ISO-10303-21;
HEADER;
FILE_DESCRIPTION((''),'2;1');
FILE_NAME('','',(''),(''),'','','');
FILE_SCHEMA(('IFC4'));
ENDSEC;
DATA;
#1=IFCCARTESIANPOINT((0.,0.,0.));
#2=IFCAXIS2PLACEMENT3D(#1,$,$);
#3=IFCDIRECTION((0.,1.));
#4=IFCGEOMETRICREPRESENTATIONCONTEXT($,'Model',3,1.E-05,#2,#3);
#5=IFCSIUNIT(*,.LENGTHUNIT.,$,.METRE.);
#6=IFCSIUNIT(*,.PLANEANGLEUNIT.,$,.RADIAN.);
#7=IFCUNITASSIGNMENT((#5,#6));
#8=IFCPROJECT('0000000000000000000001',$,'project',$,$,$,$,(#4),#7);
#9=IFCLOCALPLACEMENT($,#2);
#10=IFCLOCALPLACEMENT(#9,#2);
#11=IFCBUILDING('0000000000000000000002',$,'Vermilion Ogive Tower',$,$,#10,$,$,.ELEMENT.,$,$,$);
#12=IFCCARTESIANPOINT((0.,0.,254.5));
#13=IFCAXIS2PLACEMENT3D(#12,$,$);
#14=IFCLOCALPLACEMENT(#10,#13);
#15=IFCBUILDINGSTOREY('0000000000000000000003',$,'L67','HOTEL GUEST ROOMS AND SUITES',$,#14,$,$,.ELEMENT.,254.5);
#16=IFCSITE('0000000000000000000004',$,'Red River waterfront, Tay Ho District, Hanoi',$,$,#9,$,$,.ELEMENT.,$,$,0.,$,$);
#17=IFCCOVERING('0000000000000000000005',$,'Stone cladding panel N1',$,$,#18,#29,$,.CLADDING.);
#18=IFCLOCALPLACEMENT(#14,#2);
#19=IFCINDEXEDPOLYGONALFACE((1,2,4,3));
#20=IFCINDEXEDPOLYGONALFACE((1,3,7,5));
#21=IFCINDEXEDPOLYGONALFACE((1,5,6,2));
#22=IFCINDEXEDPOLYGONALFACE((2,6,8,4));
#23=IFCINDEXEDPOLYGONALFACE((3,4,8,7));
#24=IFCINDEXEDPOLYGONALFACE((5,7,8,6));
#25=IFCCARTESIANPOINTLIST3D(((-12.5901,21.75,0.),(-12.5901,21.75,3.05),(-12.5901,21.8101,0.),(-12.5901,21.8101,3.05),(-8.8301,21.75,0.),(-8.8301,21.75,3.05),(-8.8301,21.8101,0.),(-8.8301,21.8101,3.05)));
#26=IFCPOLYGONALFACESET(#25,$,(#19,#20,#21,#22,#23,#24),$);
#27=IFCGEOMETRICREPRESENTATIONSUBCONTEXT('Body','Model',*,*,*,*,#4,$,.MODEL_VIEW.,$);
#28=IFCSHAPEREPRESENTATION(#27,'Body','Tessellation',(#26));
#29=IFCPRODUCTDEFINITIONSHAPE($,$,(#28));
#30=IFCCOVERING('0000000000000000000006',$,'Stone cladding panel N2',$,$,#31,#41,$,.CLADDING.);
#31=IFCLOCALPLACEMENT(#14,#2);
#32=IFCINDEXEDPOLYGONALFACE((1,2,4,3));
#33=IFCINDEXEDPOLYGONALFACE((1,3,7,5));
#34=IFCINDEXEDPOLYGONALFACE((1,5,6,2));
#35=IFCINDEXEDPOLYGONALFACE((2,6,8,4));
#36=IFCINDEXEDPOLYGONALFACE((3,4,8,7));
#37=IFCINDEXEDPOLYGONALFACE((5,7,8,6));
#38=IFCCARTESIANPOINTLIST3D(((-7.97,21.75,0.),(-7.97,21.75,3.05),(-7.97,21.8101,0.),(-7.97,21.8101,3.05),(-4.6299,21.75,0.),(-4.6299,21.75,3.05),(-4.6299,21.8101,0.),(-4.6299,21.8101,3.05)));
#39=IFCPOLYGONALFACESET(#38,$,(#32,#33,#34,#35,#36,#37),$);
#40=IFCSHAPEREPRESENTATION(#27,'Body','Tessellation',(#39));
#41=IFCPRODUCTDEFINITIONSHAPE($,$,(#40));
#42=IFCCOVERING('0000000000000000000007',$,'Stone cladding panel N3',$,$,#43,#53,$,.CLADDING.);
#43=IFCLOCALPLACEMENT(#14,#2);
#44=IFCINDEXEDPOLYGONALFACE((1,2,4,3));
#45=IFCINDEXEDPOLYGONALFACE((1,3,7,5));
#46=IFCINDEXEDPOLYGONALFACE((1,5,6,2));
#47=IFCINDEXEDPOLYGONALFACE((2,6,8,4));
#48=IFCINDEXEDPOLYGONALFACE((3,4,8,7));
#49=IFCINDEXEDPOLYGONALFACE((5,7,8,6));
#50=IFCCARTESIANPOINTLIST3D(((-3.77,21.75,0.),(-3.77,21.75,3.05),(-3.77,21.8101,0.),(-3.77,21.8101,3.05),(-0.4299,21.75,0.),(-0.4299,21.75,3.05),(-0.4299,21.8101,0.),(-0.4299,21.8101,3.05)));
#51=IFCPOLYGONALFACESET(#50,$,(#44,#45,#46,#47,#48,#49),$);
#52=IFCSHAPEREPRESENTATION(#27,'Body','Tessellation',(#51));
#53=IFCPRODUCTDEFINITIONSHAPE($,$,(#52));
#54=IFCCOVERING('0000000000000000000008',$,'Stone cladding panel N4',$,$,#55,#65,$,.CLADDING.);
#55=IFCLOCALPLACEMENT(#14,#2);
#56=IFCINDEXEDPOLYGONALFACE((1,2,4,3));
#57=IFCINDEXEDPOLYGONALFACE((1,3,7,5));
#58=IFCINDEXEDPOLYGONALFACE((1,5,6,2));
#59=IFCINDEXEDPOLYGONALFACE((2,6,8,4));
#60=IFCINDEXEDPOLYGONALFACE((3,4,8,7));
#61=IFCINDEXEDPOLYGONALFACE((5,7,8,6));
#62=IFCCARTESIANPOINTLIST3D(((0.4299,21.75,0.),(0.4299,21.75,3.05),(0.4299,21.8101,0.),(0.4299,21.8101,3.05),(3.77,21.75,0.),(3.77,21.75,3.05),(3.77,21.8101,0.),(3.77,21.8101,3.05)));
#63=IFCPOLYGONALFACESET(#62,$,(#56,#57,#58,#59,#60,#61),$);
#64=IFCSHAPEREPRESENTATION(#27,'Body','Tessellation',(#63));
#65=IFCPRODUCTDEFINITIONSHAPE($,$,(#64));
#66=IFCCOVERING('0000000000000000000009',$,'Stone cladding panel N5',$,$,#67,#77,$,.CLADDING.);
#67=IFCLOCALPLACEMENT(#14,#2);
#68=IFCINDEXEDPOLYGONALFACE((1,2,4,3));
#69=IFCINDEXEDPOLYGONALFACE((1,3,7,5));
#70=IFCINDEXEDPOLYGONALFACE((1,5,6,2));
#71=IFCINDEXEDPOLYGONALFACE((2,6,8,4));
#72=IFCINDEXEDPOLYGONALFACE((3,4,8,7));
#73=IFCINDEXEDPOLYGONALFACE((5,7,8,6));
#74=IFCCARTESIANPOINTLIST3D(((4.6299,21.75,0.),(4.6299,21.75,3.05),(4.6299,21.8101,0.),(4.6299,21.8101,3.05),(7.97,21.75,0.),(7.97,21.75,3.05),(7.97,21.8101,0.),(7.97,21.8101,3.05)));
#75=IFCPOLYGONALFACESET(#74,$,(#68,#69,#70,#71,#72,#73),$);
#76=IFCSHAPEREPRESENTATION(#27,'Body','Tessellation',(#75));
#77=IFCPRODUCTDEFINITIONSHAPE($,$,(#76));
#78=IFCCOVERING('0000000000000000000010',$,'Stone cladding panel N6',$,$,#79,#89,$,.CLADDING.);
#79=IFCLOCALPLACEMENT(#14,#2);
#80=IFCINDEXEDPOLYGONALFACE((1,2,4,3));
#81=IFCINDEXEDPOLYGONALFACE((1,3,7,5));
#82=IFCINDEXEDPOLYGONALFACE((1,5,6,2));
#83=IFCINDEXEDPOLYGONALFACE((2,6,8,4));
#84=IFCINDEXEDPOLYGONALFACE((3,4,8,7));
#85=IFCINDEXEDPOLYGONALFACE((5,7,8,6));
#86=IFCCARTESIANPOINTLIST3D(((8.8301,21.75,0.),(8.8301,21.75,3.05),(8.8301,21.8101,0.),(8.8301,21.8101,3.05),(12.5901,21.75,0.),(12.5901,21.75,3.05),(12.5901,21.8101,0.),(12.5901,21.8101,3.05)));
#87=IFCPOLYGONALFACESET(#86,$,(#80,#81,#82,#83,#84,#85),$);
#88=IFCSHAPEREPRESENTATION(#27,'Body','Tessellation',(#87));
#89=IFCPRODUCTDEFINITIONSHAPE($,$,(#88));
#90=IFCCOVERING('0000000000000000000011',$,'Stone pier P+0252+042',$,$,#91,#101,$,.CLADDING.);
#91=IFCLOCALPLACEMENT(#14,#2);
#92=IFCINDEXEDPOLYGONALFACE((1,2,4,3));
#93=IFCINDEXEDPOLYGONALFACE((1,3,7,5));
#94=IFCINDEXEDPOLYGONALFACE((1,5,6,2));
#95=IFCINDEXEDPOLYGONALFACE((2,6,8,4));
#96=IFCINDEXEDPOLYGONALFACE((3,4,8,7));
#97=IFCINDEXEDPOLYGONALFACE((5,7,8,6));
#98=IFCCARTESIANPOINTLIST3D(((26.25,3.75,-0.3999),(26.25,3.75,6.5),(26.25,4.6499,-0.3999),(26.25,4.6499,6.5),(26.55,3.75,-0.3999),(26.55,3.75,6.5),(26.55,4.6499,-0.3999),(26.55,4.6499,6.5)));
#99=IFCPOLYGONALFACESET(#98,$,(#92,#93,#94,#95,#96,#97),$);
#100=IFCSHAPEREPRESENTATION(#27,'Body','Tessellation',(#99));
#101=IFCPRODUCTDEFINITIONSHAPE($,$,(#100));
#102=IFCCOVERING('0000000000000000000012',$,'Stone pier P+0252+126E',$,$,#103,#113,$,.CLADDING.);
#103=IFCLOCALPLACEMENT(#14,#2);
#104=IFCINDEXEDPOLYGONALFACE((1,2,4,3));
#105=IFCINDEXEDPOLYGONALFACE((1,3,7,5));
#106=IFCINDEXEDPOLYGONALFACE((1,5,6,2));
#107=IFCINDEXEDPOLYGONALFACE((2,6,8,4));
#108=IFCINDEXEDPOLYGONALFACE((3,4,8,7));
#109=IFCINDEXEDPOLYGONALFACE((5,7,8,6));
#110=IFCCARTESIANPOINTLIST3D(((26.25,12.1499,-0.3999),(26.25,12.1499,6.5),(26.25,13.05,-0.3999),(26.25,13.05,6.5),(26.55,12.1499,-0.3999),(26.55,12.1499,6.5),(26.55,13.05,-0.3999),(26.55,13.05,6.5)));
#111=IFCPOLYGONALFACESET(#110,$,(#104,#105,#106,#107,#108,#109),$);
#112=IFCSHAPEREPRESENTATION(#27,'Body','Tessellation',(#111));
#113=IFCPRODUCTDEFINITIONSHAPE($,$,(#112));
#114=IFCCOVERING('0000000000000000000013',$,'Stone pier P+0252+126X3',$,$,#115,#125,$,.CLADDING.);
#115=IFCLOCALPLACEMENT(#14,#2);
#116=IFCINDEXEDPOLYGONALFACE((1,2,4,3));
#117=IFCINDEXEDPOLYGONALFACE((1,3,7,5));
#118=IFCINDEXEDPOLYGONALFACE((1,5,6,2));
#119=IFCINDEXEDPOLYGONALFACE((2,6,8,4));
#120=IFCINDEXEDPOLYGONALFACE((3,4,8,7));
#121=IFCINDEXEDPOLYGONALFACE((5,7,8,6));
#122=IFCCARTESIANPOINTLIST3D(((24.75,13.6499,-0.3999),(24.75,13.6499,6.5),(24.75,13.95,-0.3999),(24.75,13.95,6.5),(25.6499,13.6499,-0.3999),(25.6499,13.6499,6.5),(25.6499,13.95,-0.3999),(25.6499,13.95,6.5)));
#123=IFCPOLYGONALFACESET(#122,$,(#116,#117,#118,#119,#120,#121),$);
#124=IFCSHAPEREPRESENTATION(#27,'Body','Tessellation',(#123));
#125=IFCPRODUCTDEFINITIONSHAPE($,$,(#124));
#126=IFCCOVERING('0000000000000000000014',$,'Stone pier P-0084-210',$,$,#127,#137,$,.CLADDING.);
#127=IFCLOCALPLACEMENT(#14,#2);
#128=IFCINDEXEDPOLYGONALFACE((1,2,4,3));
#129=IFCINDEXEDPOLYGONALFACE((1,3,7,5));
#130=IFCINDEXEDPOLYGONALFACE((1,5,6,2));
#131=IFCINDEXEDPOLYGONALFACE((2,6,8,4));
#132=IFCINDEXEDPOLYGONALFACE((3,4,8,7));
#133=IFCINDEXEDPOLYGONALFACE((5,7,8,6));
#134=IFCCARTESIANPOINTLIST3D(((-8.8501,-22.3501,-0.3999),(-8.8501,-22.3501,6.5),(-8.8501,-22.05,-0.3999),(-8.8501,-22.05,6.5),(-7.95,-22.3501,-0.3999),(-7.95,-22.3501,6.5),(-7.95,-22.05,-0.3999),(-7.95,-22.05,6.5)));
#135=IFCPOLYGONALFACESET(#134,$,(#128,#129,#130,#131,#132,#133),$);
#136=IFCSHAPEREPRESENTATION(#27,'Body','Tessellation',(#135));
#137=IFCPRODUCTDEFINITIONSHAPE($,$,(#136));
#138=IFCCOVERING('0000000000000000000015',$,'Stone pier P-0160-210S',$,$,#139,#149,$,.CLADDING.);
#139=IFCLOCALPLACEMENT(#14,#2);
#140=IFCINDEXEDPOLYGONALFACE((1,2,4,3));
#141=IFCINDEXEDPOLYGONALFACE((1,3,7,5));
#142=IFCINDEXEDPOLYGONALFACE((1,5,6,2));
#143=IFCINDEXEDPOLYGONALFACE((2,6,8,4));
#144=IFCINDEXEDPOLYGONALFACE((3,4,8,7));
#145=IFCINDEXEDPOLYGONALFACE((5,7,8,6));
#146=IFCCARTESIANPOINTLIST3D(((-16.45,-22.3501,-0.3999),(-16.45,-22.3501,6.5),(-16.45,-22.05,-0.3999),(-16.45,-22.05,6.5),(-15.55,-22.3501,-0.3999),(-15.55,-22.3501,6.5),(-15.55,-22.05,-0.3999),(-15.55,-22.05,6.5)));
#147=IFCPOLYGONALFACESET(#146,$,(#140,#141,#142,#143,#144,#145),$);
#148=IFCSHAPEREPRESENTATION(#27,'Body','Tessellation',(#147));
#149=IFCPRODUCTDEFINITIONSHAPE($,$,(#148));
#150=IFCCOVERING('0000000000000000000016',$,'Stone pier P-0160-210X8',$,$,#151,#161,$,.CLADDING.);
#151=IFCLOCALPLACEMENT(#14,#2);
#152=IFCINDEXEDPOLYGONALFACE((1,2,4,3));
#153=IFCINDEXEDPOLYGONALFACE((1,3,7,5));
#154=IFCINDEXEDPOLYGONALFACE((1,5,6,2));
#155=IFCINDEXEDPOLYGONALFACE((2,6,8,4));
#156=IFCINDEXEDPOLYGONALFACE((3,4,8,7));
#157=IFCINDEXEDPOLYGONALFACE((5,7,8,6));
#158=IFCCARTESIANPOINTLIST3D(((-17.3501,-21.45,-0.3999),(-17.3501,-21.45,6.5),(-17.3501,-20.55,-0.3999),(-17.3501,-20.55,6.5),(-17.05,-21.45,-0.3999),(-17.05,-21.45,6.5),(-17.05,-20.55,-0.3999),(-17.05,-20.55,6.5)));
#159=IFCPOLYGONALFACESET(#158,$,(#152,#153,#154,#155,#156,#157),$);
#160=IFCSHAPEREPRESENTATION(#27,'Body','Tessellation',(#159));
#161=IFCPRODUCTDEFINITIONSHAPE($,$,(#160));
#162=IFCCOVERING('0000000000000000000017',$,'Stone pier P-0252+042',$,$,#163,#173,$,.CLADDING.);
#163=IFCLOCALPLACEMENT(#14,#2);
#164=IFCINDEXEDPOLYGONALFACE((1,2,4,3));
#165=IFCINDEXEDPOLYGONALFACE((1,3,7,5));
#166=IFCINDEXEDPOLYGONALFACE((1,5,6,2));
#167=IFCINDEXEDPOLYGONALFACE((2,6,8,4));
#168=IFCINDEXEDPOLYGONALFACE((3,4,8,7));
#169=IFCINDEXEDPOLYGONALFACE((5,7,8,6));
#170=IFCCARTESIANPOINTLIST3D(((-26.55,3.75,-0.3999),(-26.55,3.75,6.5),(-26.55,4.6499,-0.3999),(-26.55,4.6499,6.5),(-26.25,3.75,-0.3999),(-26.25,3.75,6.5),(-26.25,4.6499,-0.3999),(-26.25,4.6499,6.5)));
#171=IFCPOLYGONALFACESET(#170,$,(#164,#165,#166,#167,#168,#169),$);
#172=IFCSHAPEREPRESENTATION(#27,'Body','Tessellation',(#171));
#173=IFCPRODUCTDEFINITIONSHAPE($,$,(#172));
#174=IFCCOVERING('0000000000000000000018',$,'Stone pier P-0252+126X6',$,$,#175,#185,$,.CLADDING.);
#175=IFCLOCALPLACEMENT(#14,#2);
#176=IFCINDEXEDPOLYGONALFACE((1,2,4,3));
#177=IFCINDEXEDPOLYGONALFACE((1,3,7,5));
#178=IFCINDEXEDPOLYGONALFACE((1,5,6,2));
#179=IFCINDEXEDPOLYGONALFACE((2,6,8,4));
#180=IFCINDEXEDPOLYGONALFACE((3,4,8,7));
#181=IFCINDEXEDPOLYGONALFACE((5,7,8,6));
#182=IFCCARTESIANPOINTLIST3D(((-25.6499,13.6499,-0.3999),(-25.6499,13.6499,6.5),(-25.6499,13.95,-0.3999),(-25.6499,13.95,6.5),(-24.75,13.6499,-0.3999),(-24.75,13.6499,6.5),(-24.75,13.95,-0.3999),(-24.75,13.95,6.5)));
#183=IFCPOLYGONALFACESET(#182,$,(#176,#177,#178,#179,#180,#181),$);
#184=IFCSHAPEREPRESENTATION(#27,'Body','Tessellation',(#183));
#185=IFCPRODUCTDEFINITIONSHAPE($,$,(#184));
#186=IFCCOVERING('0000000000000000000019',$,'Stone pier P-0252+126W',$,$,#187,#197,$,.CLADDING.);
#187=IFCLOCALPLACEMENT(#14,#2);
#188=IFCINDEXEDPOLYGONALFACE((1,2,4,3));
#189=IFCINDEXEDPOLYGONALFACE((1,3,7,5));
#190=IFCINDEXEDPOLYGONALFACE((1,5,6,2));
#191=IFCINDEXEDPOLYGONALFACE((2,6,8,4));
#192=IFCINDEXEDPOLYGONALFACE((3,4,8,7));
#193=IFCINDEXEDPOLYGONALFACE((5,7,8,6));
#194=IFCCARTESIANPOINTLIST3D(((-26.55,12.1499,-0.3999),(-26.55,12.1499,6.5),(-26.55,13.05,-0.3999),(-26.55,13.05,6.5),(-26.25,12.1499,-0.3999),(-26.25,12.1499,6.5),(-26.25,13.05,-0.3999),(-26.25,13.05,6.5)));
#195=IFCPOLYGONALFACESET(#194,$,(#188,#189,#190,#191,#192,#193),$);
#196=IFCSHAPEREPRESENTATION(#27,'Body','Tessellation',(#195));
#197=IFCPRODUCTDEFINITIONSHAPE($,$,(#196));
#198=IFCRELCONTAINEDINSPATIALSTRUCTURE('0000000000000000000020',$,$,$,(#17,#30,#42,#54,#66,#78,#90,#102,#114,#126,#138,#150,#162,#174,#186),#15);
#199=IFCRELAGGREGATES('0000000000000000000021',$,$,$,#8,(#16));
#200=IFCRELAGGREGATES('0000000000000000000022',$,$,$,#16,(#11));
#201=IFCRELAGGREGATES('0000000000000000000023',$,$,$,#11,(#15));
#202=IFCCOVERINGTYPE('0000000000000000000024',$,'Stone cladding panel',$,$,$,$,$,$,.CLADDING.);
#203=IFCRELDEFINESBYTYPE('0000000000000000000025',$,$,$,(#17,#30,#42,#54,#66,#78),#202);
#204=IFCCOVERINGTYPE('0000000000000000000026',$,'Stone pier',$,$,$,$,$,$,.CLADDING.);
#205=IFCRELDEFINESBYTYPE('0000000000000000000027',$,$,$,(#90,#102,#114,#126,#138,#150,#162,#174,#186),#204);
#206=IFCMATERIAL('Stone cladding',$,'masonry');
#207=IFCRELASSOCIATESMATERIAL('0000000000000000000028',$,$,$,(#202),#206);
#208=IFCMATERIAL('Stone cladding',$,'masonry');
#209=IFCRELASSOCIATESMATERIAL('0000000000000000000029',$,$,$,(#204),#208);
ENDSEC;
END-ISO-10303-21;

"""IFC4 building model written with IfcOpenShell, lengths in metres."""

from ifc_helpers import new_model, si_unit, direction, frame, origin, place, context, subcontext, project, spatial, polyline, outline, extrude, material, type_object, element, save


model = new_model("IFC4")

# Units and contexts
model_context = context("Model", 3, precision=1e-05, world=origin(), true_north=direction((0.0, 1.0)))
body_context = subcontext(model_context, "Body", "Model", "MODEL_VIEW")
ifc_project = project(units=[si_unit("LENGTHUNIT", "METRE"), si_unit("PLANEANGLEUNIT", "RADIAN")], contexts=[model_context])

# Site, building, storey
site_placement = place(None, origin())
site = spatial("IfcSite", under=ifc_project, at=site_placement, Name="Red River waterfront, Tay Ho District, Hanoi", CompositionType="ELEMENT", RefElevation=0.0)
building_placement = place(site_placement, origin())
building = spatial("IfcBuilding", under=site, at=building_placement, Name="Vermilion Ogive Tower", CompositionType="ELEMENT")
storey_placement = place(building_placement, frame((0.0, 0.0, 254.5)))
storey = spatial("IfcBuildingStorey", under=building, at=storey_placement, Name="L67", Description="HOTEL GUEST ROOMS AND SUITES", CompositionType="ELEMENT", Elevation=254.5)

# Coverings
ifc_material_1 = material(Name="Stone cladding", Category="masonry")
covering_type_1 = type_object("IfcCoveringType", Name="Stone cladding panel", PredefinedType="CLADDING", material=ifc_material_1)
covering_1_placement = place(storey_placement, origin())
element("IfcCovering", 1, at=covering_1_placement, inside=storey, type_object=covering_type_1, Name="Stone cladding panel N1", PredefinedType="CLADDING", context=body_context, shape_type="SweptSolid", body=[
    extrude(outline(polyline([(-12.5901, 21.75), (-8.8301, 21.75), (-8.8301, 21.8101), (-12.5901, 21.8101), (-12.5901, 21.75)])), origin(), (0.0, 0.0, 1.0), 3.05),
])
covering_2_placement = place(storey_placement, origin())
element("IfcCovering", 2, at=covering_2_placement, inside=storey, type_object=covering_type_1, Name="Stone cladding panel N2", PredefinedType="CLADDING", context=body_context, shape_type="SweptSolid", body=[
    extrude(outline(polyline([(-7.97, 21.75), (-4.6299, 21.75), (-4.6299, 21.8101), (-7.97, 21.8101), (-7.97, 21.75)])), origin(), (0.0, 0.0, 1.0), 3.05),
])
covering_3_placement = place(storey_placement, origin())
element("IfcCovering", 3, at=covering_3_placement, inside=storey, type_object=covering_type_1, Name="Stone cladding panel N3", PredefinedType="CLADDING", context=body_context, shape_type="SweptSolid", body=[
    extrude(outline(polyline([(-3.77, 21.75), (-0.4299, 21.75), (-0.4299, 21.8101), (-3.77, 21.8101), (-3.77, 21.75)])), origin(), (0.0, 0.0, 1.0), 3.05),
])
covering_4_placement = place(storey_placement, origin())
element("IfcCovering", 4, at=covering_4_placement, inside=storey, type_object=covering_type_1, Name="Stone cladding panel N4", PredefinedType="CLADDING", context=body_context, shape_type="SweptSolid", body=[
    extrude(outline(polyline([(0.4299, 21.75), (3.77, 21.75), (3.77, 21.8101), (0.4299, 21.8101), (0.4299, 21.75)])), origin(), (0.0, 0.0, 1.0), 3.05),
])
covering_5_placement = place(storey_placement, origin())
element("IfcCovering", 5, at=covering_5_placement, inside=storey, type_object=covering_type_1, Name="Stone cladding panel N5", PredefinedType="CLADDING", context=body_context, shape_type="SweptSolid", body=[
    extrude(outline(polyline([(4.6299, 21.75), (7.97, 21.75), (7.97, 21.8101), (4.6299, 21.8101), (4.6299, 21.75)])), origin(), (0.0, 0.0, 1.0), 3.05),
])
covering_6_placement = place(storey_placement, origin())
element("IfcCovering", 6, at=covering_6_placement, inside=storey, type_object=covering_type_1, Name="Stone cladding panel N6", PredefinedType="CLADDING", context=body_context, shape_type="SweptSolid", body=[
    extrude(outline(polyline([(8.8301, 21.75), (12.5901, 21.75), (12.5901, 21.8101), (8.8301, 21.8101), (8.8301, 21.75)])), origin(), (0.0, 0.0, 1.0), 3.05),
])
ifc_material_2 = material(Name="Stone cladding", Category="masonry")
covering_type_2 = type_object("IfcCoveringType", Name="Stone pier", PredefinedType="CLADDING", material=ifc_material_2)
covering_7_placement = place(storey_placement, frame((0.0, 0.0, -0.3999)))
element("IfcCovering", 7, at=covering_7_placement, inside=storey, type_object=covering_type_2, Name="Stone pier P+0252+042", PredefinedType="CLADDING", context=body_context, shape_type="SweptSolid", body=[
    extrude(outline(polyline([(26.55, 4.6499), (26.55, 3.75), (26.25, 3.75), (26.25, 4.6499), (26.55, 4.6499)])), origin(), (0.0, 0.0, 1.0), 6.8999),
])
covering_8_placement = place(storey_placement, frame((0.0, 0.0, -0.3999)))
element("IfcCovering", 8, at=covering_8_placement, inside=storey, type_object=covering_type_2, Name="Stone pier P+0252+126E", PredefinedType="CLADDING", context=body_context, shape_type="SweptSolid", body=[
    extrude(outline(polyline([(26.55, 13.05), (26.55, 12.1499), (26.25, 12.1499), (26.25, 13.05), (26.55, 13.05)])), origin(), (0.0, 0.0, 1.0), 6.8999),
])
covering_9_placement = place(storey_placement, frame((0.0, 0.0, -0.3999)))
element("IfcCovering", 9, at=covering_9_placement, inside=storey, type_object=covering_type_2, Name="Stone pier P+0252+126X3", PredefinedType="CLADDING", context=body_context, shape_type="SweptSolid", body=[
    extrude(outline(polyline([(25.6499, 13.95), (25.6499, 13.6499), (24.75, 13.6499), (24.75, 13.95), (25.6499, 13.95)])), origin(), (0.0, 0.0, 1.0), 6.8999),
])
covering_10_placement = place(storey_placement, frame((0.0, 0.0, -0.3999)))
element("IfcCovering", 10, at=covering_10_placement, inside=storey, type_object=covering_type_2, Name="Stone pier P-0084-210", PredefinedType="CLADDING", context=body_context, shape_type="SweptSolid", body=[
    extrude(outline(polyline([(-7.95, -22.3501), (-8.8501, -22.3501), (-8.8501, -22.05), (-7.95, -22.05), (-7.95, -22.3501)])), origin(), (0.0, 0.0, 1.0), 6.8999),
])
covering_11_placement = place(storey_placement, frame((0.0, 0.0, -0.3999)))
element("IfcCovering", 11, at=covering_11_placement, inside=storey, type_object=covering_type_2, Name="Stone pier P-0160-210S", PredefinedType="CLADDING", context=body_context, shape_type="SweptSolid", body=[
    extrude(outline(polyline([(-15.55, -22.3501), (-16.45, -22.3501), (-16.45, -22.05), (-15.55, -22.05), (-15.55, -22.3501)])), origin(), (0.0, 0.0, 1.0), 6.8999),
])
covering_12_placement = place(storey_placement, frame((0.0, 0.0, -0.3999)))
element("IfcCovering", 12, at=covering_12_placement, inside=storey, type_object=covering_type_2, Name="Stone pier P-0160-210X8", PredefinedType="CLADDING", context=body_context, shape_type="SweptSolid", body=[
    extrude(outline(polyline([(-17.3501, -20.55), (-17.05, -20.55), (-17.05, -21.45), (-17.3501, -21.45), (-17.3501, -20.55)])), origin(), (0.0, 0.0, 1.0), 6.8999),
])
covering_13_placement = place(storey_placement, frame((0.0, 0.0, -0.3999)))
element("IfcCovering", 13, at=covering_13_placement, inside=storey, type_object=covering_type_2, Name="Stone pier P-0252+042", PredefinedType="CLADDING", context=body_context, shape_type="SweptSolid", body=[
    extrude(outline(polyline([(-26.55, 3.75), (-26.55, 4.6499), (-26.25, 4.6499), (-26.25, 3.75), (-26.55, 3.75)])), origin(), (0.0, 0.0, 1.0), 6.8999),
])
covering_14_placement = place(storey_placement, frame((0.0, 0.0, -0.3999)))
element("IfcCovering", 14, at=covering_14_placement, inside=storey, type_object=covering_type_2, Name="Stone pier P-0252+126X6", PredefinedType="CLADDING", context=body_context, shape_type="SweptSolid", body=[
    extrude(outline(polyline([(-25.6499, 13.95), (-24.75, 13.95), (-24.75, 13.6499), (-25.6499, 13.6499), (-25.6499, 13.95)])), origin(), (0.0, 0.0, 1.0), 6.8999),
])
covering_15_placement = place(storey_placement, frame((0.0, 0.0, -0.3999)))
element("IfcCovering", 15, at=covering_15_placement, inside=storey, type_object=covering_type_2, Name="Stone pier P-0252+126W", PredefinedType="CLADDING", context=body_context, shape_type="SweptSolid", body=[
    extrude(outline(polyline([(-26.55, 13.05), (-26.25, 13.05), (-26.25, 12.1499), (-26.55, 12.1499), (-26.55, 13.05)])), origin(), (0.0, 0.0, 1.0), 6.8999),
])

save(model, "model.ifc")
